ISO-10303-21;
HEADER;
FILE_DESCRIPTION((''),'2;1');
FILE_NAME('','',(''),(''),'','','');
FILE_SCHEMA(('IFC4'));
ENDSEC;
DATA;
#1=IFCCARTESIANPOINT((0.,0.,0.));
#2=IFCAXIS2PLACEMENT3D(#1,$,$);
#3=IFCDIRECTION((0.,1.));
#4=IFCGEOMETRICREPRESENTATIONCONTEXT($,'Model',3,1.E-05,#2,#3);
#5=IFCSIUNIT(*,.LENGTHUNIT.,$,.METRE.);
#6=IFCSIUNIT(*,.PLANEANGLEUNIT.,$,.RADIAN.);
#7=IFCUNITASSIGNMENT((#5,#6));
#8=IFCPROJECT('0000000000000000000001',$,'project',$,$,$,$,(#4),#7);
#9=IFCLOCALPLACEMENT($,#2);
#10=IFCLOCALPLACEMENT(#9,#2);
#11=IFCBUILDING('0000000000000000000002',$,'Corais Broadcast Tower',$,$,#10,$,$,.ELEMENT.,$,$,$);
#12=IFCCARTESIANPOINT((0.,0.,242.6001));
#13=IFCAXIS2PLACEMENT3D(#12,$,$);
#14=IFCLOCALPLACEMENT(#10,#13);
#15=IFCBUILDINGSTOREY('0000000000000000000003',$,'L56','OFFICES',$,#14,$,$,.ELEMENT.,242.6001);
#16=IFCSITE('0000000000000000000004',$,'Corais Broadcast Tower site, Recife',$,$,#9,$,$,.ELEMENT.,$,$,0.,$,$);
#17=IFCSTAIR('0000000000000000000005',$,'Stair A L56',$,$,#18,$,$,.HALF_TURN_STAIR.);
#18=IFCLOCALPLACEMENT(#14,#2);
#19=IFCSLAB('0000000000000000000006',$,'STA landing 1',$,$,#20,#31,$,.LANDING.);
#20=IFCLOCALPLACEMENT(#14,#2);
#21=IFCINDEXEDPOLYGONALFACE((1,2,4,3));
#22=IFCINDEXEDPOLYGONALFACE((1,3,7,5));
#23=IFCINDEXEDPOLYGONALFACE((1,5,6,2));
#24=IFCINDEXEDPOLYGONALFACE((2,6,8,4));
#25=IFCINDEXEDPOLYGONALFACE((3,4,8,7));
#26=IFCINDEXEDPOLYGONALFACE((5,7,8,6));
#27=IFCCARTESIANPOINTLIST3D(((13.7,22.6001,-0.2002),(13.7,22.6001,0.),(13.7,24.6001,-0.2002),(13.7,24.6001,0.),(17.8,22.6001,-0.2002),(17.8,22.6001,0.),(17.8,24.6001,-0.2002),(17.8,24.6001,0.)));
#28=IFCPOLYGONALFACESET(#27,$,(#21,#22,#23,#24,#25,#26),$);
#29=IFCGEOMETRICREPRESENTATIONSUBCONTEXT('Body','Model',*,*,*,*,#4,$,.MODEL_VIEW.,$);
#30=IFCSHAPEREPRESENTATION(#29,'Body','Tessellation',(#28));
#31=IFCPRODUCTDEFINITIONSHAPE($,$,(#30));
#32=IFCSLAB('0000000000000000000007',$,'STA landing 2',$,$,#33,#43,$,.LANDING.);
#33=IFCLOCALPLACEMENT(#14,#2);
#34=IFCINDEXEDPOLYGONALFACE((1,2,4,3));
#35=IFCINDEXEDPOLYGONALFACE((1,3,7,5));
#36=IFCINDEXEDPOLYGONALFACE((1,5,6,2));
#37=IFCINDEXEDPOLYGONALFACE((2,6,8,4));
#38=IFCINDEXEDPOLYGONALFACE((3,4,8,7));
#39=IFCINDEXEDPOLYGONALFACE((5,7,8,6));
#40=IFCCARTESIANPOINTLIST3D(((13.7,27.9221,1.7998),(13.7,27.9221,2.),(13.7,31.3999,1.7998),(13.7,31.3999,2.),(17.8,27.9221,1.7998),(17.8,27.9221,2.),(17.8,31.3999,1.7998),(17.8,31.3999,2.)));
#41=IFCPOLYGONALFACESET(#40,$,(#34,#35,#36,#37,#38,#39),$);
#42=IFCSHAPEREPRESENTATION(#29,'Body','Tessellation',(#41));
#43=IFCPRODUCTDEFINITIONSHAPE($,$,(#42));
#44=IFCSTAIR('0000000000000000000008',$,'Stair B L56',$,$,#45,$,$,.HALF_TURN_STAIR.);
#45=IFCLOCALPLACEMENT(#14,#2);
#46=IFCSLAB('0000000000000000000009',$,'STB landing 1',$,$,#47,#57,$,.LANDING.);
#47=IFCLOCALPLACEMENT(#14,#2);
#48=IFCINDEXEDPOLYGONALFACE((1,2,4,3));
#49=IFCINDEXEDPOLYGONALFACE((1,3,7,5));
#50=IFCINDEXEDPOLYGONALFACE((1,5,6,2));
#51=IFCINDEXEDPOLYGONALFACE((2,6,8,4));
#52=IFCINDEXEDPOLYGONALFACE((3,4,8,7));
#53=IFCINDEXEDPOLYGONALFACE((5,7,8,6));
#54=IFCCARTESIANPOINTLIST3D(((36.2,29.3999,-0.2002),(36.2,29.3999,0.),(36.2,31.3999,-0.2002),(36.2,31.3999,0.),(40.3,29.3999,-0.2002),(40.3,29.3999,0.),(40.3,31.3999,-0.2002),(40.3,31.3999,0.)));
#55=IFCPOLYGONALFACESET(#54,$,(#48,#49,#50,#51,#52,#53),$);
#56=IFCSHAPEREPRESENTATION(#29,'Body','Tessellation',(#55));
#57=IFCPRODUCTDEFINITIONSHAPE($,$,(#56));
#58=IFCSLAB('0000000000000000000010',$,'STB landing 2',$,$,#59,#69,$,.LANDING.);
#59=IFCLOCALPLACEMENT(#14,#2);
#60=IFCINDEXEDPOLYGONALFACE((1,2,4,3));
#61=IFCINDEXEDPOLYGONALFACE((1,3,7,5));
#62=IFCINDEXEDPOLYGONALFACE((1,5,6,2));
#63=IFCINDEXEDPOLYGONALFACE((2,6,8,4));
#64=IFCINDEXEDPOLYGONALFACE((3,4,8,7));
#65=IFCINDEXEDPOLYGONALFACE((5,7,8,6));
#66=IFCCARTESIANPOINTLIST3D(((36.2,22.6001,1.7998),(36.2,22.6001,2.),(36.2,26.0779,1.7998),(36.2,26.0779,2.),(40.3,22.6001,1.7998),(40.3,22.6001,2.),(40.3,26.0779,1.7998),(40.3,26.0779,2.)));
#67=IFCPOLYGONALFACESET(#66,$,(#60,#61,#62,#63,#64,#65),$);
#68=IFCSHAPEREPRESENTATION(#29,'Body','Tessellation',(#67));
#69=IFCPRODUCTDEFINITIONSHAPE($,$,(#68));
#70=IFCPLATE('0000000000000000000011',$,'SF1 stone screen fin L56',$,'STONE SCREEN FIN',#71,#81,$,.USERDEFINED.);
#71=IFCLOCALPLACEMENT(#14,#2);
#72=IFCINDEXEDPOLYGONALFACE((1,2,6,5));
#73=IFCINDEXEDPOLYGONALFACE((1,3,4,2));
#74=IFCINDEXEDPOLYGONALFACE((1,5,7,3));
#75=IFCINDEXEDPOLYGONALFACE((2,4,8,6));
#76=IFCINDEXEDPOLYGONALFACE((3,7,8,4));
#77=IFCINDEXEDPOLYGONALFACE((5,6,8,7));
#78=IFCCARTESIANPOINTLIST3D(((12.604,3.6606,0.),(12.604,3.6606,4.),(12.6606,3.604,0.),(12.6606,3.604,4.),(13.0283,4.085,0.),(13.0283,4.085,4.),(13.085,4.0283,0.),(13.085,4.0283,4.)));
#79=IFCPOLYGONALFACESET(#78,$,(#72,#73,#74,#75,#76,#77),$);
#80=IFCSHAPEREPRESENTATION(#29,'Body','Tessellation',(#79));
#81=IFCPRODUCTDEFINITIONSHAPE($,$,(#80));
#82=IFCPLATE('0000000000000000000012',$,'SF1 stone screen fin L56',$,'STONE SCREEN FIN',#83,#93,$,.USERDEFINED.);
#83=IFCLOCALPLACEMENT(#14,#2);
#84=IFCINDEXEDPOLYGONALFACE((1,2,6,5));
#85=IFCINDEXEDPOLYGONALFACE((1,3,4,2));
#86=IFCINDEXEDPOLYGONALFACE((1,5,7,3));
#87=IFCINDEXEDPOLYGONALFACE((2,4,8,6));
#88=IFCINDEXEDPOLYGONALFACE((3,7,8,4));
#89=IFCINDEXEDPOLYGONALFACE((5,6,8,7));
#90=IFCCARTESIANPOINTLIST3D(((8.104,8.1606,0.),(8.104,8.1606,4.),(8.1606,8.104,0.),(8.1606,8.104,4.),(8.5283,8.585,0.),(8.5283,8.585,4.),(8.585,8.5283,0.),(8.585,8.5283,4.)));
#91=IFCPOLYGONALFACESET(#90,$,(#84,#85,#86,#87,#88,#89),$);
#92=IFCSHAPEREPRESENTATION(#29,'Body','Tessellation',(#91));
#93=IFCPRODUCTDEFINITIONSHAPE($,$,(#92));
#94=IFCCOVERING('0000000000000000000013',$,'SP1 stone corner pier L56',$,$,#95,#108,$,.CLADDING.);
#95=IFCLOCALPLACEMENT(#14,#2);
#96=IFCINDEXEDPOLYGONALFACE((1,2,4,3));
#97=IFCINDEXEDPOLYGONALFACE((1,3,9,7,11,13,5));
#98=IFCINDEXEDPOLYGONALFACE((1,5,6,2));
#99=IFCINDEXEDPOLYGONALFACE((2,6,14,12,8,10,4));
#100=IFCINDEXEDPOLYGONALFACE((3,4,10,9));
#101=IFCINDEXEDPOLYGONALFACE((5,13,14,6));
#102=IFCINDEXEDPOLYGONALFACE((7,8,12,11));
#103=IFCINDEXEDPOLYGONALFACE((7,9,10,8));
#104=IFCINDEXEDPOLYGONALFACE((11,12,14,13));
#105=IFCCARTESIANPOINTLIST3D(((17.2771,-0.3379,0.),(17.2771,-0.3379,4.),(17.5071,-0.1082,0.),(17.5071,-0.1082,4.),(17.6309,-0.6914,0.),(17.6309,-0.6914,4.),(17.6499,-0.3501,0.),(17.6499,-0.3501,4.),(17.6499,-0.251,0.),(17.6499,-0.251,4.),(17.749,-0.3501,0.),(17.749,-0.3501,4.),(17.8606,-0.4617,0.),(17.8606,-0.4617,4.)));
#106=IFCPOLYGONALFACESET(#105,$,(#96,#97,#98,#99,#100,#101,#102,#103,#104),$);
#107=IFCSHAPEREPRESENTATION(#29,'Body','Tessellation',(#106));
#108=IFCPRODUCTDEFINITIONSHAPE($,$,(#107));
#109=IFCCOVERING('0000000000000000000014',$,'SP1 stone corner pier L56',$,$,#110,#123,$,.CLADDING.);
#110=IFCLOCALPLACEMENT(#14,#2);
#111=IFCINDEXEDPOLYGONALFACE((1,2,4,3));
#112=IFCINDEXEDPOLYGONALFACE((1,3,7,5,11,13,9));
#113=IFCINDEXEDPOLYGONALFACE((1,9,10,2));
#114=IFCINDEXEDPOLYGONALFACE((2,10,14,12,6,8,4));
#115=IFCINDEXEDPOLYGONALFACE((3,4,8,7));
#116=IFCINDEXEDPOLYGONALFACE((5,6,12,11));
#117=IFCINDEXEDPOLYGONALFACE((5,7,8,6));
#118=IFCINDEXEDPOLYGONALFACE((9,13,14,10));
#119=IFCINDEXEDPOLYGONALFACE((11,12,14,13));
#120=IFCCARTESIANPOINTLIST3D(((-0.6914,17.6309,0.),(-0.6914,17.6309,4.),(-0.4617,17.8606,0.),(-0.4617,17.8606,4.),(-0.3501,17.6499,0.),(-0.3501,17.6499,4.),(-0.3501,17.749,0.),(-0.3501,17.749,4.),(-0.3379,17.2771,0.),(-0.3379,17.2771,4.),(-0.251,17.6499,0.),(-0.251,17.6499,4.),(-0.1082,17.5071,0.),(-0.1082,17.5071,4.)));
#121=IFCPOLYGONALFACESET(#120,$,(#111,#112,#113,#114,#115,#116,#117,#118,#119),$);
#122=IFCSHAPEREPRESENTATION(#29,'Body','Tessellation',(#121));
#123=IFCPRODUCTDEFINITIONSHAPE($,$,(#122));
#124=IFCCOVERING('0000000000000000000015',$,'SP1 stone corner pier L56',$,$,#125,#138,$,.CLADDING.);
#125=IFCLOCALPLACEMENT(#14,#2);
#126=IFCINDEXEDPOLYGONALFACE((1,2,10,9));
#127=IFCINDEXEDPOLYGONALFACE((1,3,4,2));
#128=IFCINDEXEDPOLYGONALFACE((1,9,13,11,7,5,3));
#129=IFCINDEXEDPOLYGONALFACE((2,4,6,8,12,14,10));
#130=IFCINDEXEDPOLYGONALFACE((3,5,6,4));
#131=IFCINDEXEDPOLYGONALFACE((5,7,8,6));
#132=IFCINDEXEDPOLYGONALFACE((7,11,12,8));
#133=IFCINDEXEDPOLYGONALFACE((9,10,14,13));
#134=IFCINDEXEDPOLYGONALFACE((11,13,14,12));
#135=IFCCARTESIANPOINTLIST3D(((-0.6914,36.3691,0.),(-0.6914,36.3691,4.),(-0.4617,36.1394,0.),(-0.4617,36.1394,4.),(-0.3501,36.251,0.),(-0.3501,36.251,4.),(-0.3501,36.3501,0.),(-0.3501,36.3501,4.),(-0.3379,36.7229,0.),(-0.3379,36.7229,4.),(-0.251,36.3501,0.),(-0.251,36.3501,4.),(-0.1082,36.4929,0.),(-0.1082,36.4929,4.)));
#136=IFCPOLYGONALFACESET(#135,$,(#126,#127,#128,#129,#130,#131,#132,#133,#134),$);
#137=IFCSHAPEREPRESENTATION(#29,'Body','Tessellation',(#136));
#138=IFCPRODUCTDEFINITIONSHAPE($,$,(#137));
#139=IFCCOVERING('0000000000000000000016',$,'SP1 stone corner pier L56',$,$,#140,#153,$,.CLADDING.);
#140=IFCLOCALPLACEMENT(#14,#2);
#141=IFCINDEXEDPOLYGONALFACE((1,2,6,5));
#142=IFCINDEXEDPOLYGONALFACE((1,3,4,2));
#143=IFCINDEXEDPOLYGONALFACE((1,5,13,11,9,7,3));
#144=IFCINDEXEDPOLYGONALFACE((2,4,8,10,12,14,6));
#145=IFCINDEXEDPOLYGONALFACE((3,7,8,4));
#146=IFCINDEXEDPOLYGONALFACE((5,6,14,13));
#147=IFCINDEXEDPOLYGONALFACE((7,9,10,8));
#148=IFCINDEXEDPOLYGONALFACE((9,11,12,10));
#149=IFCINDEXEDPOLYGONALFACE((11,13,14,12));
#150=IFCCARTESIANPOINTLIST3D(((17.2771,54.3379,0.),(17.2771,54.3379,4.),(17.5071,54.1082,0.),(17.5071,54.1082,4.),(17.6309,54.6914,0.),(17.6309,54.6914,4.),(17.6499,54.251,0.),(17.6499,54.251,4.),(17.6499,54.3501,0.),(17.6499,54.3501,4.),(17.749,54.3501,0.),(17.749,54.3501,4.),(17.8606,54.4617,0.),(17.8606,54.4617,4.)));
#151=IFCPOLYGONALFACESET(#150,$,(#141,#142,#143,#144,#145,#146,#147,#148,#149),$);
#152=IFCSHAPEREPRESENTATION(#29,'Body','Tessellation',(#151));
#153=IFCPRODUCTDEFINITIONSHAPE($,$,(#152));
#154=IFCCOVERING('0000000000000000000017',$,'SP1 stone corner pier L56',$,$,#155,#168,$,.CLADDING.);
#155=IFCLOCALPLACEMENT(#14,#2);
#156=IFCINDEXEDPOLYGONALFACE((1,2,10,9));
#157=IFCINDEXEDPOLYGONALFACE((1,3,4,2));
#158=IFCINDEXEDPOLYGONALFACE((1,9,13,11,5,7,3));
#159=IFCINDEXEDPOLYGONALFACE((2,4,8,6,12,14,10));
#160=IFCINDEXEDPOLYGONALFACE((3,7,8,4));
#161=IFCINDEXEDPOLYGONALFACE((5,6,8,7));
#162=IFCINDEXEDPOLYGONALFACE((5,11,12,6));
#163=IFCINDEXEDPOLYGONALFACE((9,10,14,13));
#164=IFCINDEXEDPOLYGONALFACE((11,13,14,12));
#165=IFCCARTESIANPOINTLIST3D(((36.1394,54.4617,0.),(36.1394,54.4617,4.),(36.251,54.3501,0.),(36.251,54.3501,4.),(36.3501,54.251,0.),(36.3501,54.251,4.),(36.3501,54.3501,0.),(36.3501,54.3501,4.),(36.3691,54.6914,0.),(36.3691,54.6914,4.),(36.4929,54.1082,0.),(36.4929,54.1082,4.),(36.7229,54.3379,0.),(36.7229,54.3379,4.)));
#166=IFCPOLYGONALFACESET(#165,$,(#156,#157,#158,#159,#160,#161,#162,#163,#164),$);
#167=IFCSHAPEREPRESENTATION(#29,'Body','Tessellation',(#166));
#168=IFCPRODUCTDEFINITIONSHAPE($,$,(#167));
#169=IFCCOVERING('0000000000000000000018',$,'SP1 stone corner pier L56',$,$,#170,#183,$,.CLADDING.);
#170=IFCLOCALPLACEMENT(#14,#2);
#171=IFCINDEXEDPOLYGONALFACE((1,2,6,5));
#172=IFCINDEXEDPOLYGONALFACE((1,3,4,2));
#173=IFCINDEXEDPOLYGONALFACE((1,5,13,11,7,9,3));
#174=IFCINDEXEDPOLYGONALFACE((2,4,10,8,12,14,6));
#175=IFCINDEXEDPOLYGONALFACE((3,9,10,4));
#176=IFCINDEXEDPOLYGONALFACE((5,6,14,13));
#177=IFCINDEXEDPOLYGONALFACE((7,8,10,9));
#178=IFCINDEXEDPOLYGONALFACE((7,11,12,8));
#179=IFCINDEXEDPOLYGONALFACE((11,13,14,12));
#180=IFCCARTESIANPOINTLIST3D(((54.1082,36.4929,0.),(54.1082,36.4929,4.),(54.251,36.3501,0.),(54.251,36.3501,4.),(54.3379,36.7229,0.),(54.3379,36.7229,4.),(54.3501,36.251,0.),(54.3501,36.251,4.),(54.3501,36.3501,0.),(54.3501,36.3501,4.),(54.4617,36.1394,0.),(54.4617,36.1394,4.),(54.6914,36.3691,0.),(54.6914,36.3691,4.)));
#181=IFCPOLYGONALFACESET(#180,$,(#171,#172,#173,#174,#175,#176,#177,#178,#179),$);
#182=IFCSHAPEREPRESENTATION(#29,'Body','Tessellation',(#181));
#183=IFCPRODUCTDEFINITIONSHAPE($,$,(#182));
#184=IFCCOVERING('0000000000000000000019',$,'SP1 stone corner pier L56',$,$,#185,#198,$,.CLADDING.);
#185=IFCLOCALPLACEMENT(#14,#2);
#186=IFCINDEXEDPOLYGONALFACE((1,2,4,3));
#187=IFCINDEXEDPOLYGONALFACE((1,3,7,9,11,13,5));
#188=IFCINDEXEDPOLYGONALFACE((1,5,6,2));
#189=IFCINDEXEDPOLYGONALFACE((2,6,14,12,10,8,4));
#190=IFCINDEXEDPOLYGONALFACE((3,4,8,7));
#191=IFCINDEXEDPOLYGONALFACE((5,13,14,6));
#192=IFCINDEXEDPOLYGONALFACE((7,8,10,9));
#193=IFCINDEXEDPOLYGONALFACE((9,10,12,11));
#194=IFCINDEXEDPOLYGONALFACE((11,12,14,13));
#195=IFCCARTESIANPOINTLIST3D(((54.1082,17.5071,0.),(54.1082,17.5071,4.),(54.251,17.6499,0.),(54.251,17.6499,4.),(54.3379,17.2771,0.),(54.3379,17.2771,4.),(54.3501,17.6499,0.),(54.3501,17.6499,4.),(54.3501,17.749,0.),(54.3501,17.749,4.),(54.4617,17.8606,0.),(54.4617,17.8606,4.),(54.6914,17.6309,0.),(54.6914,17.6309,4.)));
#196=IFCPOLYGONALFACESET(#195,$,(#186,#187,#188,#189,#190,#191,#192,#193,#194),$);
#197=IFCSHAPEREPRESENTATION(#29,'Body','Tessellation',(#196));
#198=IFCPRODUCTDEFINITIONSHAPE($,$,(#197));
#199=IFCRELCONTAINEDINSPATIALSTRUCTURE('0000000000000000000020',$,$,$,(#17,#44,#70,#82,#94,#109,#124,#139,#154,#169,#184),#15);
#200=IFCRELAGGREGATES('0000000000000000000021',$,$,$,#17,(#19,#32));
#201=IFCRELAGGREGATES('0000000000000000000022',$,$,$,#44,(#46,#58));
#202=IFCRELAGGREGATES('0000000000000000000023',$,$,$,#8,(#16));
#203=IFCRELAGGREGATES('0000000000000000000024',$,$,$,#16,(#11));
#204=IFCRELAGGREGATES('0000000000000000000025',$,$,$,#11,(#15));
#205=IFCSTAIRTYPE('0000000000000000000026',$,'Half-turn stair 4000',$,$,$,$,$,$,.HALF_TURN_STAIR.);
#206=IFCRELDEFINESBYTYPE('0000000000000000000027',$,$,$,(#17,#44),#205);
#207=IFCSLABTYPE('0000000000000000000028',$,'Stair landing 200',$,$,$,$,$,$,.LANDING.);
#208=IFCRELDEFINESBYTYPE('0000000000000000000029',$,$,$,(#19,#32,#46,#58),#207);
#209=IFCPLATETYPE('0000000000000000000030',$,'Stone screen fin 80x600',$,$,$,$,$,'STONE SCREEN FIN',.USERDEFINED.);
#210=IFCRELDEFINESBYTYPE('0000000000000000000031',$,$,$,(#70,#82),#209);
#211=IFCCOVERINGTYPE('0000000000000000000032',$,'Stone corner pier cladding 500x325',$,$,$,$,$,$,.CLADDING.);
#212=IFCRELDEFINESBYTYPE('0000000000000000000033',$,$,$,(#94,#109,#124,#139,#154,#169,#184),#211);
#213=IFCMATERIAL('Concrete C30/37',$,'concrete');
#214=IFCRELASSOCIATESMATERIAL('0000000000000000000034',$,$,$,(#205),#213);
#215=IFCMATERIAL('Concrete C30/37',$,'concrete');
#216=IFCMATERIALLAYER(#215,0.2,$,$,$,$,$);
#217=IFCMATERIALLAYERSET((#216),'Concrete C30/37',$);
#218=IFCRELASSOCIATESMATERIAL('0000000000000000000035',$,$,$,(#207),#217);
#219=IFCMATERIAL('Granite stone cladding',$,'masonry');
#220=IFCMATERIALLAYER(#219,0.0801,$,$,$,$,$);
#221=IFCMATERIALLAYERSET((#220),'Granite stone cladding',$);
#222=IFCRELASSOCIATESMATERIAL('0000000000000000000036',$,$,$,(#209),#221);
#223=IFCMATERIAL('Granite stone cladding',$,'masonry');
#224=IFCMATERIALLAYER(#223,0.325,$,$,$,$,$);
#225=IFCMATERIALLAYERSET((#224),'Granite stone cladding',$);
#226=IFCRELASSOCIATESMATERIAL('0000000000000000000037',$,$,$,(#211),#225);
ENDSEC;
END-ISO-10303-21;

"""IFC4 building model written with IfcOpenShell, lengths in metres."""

from ifc_helpers import new_model, si_unit, direction, frame, origin, origin_2d, place, context, subcontext, project, spatial, polyline, rectangle, outline, extrude, material, layer, layer_set, type_object, element, aggregate, save


model = new_model("IFC4")

# Units and contexts
model_context = context("Model", 3, precision=1e-05, world=origin(), true_north=direction((0.0, 1.0)))
body_context = subcontext(model_context, "Body", "Model", "MODEL_VIEW")
ifc_project = project(units=[si_unit("LENGTHUNIT", "METRE"), si_unit("PLANEANGLEUNIT", "RADIAN")], contexts=[model_context])

# Site, building, storey
site_placement = place(None, origin())
site = spatial("IfcSite", under=ifc_project, at=site_placement, Name="Corais Broadcast Tower site, Recife", CompositionType="ELEMENT", RefElevation=0.0)
building_placement = place(site_placement, origin())
building = spatial("IfcBuilding", under=site, at=building_placement, Name="Corais Broadcast Tower", CompositionType="ELEMENT")
storey_placement = place(building_placement, frame((0.0, 0.0, 242.6001)))
storey = spatial("IfcBuildingStorey", under=building, at=storey_placement, Name="L56", Description="OFFICES", CompositionType="ELEMENT", Elevation=242.6001)

# Stairs, slabs
ifc_material_1 = material(Name="Concrete C30/37", Category="concrete")
stair_type = type_object("IfcStairType", Name="Half-turn stair 4000", PredefinedType="HALF_TURN_STAIR", material=ifc_material_1)
stair_1_placement = place(storey_placement, origin())
stair_1 = element("IfcStair", 1, at=stair_1_placement, inside=storey, type_object=stair_type, Name="Stair A L56", PredefinedType="HALF_TURN_STAIR")
ifc_material_2 = material(Name="Concrete C30/37", Category="concrete")
ifc_layer_1 = layer(ifc_material_2, 0.2)
ifc_layer_set_1 = layer_set([ifc_layer_1], Name="Concrete C30/37")
slab_type_1 = type_object("IfcSlabType", Name="Stair landing 200", PredefinedType="LANDING", material=ifc_layer_set_1)
slab_1_placement = place(storey_placement, frame((0.0, 0.0, -0.2002)))
slab_1 = element("IfcSlab", 2, at=slab_1_placement, type_object=slab_type_1, Name="STA landing 1", PredefinedType="LANDING", context=body_context, shape_type="SweptSolid", body=[
    extrude(outline(polyline([(13.7, 22.6001), (17.8, 22.6001), (17.8, 24.6001), (13.7, 24.6001), (13.7, 22.6001)])), origin(), (0.0, 0.0, 1.0), 0.2002),
])
slab_2_placement = place(storey_placement, frame((0.0, 0.0, 1.7998)))
slab_2 = element("IfcSlab", 3, at=slab_2_placement, type_object=slab_type_1, Name="STA landing 2", PredefinedType="LANDING", context=body_context, shape_type="SweptSolid", body=[
    extrude(outline(polyline([(13.7, 27.9221), (17.8, 27.9221), (17.8, 31.3999), (13.7, 31.3999), (13.7, 27.9221)])), origin(), (0.0, 0.0, 1.0), 0.2002),
])
aggregate(stair_1, [slab_1, slab_2])
stair_2_placement = place(storey_placement, origin())
stair_2 = element("IfcStair", 4, at=stair_2_placement, inside=storey, type_object=stair_type, Name="Stair B L56", PredefinedType="HALF_TURN_STAIR")
slab_3_placement = place(storey_placement, frame((0.0, 0.0, -0.2002)))
slab_3 = element("IfcSlab", 5, at=slab_3_placement, type_object=slab_type_1, Name="STB landing 1", PredefinedType="LANDING", context=body_context, shape_type="SweptSolid", body=[
    extrude(outline(polyline([(36.2, 29.3999), (40.3, 29.3999), (40.3, 31.3999), (36.2, 31.3999), (36.2, 29.3999)])), origin(), (0.0, 0.0, 1.0), 0.2002),
])
slab_4_placement = place(storey_placement, frame((0.0, 0.0, 1.7998)))
slab_4 = element("IfcSlab", 6, at=slab_4_placement, type_object=slab_type_1, Name="STB landing 2", PredefinedType="LANDING", context=body_context, shape_type="SweptSolid", body=[
    extrude(outline(polyline([(36.2, 22.6001), (40.3, 22.6001), (40.3, 26.0779), (36.2, 26.0779), (36.2, 22.6001)])), origin(), (0.0, 0.0, 1.0), 0.2002),
])
aggregate(stair_2, [slab_3, slab_4])

# Plates
ifc_material_3 = material(Name="Granite stone cladding", Category="masonry")
ifc_layer_2 = layer(ifc_material_3, 0.0801)
ifc_layer_set_2 = layer_set([ifc_layer_2], Name="Granite stone cladding")
plate_type_1 = type_object("IfcPlateType", Name="Stone screen fin 80x600", ElementType="STONE SCREEN FIN", PredefinedType="USERDEFINED", material=ifc_layer_set_2)
for number, where, z_axis, x_axis, name in (
    (7, (12.8445, 3.8445, 0.0), (0.0, 0.0, 1.0), (-0.707107, 0.707107, 0.0), "SF1 stone screen fin L56"),
    (8, (8.3445, 8.3445, 0.0), (0.0, 0.0, 1.0), (-0.707107, 0.707107, 0.0), "SF1 stone screen fin L56"),
):
    element("IfcPlate", number, at=place(storey_placement, frame(where, z_axis=z_axis, x_axis=x_axis)), inside=storey, type_object=plate_type_1, Name=name, ObjectType="STONE SCREEN FIN", PredefinedType="USERDEFINED", context=body_context, shape_type="SweptSolid", body=[
        extrude(rectangle(XDim=0.0801, YDim=0.6001, at=origin_2d()), origin(), (0.0, 0.0, 1.0), 4.0),
    ])

# Coverings
ifc_material_4 = material(Name="Granite stone cladding", Category="masonry")
ifc_layer_3 = layer(ifc_material_4, 0.325)
ifc_layer_set_3 = layer_set([ifc_layer_3], Name="Granite stone cladding")
covering_type_1 = type_object("IfcCoveringType", Name="Stone corner pier cladding 500x325", PredefinedType="CLADDING", material=ifc_layer_set_3)
covering_1_placement = place(storey_placement, origin())
element("IfcCovering", 9, at=covering_1_placement, inside=storey, type_object=covering_type_1, Name="SP1 stone corner pier L56", PredefinedType="CLADDING", context=body_context, shape_type="SweptSolid", body=[
    extrude(outline(polyline([(17.8606, -0.4617), (17.749, -0.3501), (17.6499, -0.3501), (17.6499, -0.251), (17.5071, -0.1082), (17.2771, -0.3379), (17.6309, -0.6914), (17.8606, -0.4617)])), origin(), (0.0, 0.0, 1.0), 4.0),
])
covering_2_placement = place(storey_placement, origin())
element("IfcCovering", 10, at=covering_2_placement, inside=storey, type_object=covering_type_1, Name="SP1 stone corner pier L56", PredefinedType="CLADDING", context=body_context, shape_type="SweptSolid", body=[
    extrude(outline(polyline([(-0.3501, 17.749), (-0.4617, 17.8606), (-0.6914, 17.6309), (-0.3379, 17.2771), (-0.1082, 17.5071), (-0.251, 17.6499), (-0.3501, 17.6499), (-0.3501, 17.749)])), origin(), (0.0, 0.0, 1.0), 4.0),
])
covering_3_placement = place(storey_placement, origin())
element("IfcCovering", 11, at=covering_3_placement, inside=storey, type_object=covering_type_1, Name="SP1 stone corner pier L56", PredefinedType="CLADDING", context=body_context, shape_type="SweptSolid", body=[
    extrude(outline(polyline([(-0.4617, 36.1394), (-0.3501, 36.251), (-0.3501, 36.3501), (-0.251, 36.3501), (-0.1082, 36.4929), (-0.3379, 36.7229), (-0.6914, 36.3691), (-0.4617, 36.1394)])), origin(), (0.0, 0.0, 1.0), 4.0),
])
covering_4_placement = place(storey_placement, origin())
element("IfcCovering", 12, at=covering_4_placement, inside=storey, type_object=covering_type_1, Name="SP1 stone corner pier L56", PredefinedType="CLADDING", context=body_context, shape_type="SweptSolid", body=[
    extrude(outline(polyline([(17.749, 54.3501), (17.8606, 54.4617), (17.6309, 54.6914), (17.2771, 54.3379), (17.5071, 54.1082), (17.6499, 54.251), (17.6499, 54.3501), (17.749, 54.3501)])), origin(), (0.0, 0.0, 1.0), 4.0),
])
covering_5_placement = place(storey_placement, origin())
element("IfcCovering", 13, at=covering_5_placement, inside=storey, type_object=covering_type_1, Name="SP1 stone corner pier L56", PredefinedType="CLADDING", context=body_context, shape_type="SweptSolid", body=[
    extrude(outline(polyline([(36.1394, 54.4617), (36.251, 54.3501), (36.3501, 54.3501), (36.3501, 54.251), (36.4929, 54.1082), (36.7229, 54.3379), (36.3691, 54.6914), (36.1394, 54.4617)])), origin(), (0.0, 0.0, 1.0), 4.0),
])
covering_6_placement = place(storey_placement, origin())
element("IfcCovering", 14, at=covering_6_placement, inside=storey, type_object=covering_type_1, Name="SP1 stone corner pier L56", PredefinedType="CLADDING", context=body_context, shape_type="SweptSolid", body=[
    extrude(outline(polyline([(54.3501, 36.251), (54.4617, 36.1394), (54.6914, 36.3691), (54.3379, 36.7229), (54.1082, 36.4929), (54.251, 36.3501), (54.3501, 36.3501), (54.3501, 36.251)])), origin(), (0.0, 0.0, 1.0), 4.0),
])
covering_7_placement = place(storey_placement, origin())
element("IfcCovering", 15, at=covering_7_placement, inside=storey, type_object=covering_type_1, Name="SP1 stone corner pier L56", PredefinedType="CLADDING", context=body_context, shape_type="SweptSolid", body=[
    extrude(outline(polyline([(54.4617, 17.8606), (54.3501, 17.749), (54.3501, 17.6499), (54.251, 17.6499), (54.1082, 17.5071), (54.3379, 17.2771), (54.6914, 17.6309), (54.4617, 17.8606)])), origin(), (0.0, 0.0, 1.0), 4.0),
])

save(model, "model.ifc")
